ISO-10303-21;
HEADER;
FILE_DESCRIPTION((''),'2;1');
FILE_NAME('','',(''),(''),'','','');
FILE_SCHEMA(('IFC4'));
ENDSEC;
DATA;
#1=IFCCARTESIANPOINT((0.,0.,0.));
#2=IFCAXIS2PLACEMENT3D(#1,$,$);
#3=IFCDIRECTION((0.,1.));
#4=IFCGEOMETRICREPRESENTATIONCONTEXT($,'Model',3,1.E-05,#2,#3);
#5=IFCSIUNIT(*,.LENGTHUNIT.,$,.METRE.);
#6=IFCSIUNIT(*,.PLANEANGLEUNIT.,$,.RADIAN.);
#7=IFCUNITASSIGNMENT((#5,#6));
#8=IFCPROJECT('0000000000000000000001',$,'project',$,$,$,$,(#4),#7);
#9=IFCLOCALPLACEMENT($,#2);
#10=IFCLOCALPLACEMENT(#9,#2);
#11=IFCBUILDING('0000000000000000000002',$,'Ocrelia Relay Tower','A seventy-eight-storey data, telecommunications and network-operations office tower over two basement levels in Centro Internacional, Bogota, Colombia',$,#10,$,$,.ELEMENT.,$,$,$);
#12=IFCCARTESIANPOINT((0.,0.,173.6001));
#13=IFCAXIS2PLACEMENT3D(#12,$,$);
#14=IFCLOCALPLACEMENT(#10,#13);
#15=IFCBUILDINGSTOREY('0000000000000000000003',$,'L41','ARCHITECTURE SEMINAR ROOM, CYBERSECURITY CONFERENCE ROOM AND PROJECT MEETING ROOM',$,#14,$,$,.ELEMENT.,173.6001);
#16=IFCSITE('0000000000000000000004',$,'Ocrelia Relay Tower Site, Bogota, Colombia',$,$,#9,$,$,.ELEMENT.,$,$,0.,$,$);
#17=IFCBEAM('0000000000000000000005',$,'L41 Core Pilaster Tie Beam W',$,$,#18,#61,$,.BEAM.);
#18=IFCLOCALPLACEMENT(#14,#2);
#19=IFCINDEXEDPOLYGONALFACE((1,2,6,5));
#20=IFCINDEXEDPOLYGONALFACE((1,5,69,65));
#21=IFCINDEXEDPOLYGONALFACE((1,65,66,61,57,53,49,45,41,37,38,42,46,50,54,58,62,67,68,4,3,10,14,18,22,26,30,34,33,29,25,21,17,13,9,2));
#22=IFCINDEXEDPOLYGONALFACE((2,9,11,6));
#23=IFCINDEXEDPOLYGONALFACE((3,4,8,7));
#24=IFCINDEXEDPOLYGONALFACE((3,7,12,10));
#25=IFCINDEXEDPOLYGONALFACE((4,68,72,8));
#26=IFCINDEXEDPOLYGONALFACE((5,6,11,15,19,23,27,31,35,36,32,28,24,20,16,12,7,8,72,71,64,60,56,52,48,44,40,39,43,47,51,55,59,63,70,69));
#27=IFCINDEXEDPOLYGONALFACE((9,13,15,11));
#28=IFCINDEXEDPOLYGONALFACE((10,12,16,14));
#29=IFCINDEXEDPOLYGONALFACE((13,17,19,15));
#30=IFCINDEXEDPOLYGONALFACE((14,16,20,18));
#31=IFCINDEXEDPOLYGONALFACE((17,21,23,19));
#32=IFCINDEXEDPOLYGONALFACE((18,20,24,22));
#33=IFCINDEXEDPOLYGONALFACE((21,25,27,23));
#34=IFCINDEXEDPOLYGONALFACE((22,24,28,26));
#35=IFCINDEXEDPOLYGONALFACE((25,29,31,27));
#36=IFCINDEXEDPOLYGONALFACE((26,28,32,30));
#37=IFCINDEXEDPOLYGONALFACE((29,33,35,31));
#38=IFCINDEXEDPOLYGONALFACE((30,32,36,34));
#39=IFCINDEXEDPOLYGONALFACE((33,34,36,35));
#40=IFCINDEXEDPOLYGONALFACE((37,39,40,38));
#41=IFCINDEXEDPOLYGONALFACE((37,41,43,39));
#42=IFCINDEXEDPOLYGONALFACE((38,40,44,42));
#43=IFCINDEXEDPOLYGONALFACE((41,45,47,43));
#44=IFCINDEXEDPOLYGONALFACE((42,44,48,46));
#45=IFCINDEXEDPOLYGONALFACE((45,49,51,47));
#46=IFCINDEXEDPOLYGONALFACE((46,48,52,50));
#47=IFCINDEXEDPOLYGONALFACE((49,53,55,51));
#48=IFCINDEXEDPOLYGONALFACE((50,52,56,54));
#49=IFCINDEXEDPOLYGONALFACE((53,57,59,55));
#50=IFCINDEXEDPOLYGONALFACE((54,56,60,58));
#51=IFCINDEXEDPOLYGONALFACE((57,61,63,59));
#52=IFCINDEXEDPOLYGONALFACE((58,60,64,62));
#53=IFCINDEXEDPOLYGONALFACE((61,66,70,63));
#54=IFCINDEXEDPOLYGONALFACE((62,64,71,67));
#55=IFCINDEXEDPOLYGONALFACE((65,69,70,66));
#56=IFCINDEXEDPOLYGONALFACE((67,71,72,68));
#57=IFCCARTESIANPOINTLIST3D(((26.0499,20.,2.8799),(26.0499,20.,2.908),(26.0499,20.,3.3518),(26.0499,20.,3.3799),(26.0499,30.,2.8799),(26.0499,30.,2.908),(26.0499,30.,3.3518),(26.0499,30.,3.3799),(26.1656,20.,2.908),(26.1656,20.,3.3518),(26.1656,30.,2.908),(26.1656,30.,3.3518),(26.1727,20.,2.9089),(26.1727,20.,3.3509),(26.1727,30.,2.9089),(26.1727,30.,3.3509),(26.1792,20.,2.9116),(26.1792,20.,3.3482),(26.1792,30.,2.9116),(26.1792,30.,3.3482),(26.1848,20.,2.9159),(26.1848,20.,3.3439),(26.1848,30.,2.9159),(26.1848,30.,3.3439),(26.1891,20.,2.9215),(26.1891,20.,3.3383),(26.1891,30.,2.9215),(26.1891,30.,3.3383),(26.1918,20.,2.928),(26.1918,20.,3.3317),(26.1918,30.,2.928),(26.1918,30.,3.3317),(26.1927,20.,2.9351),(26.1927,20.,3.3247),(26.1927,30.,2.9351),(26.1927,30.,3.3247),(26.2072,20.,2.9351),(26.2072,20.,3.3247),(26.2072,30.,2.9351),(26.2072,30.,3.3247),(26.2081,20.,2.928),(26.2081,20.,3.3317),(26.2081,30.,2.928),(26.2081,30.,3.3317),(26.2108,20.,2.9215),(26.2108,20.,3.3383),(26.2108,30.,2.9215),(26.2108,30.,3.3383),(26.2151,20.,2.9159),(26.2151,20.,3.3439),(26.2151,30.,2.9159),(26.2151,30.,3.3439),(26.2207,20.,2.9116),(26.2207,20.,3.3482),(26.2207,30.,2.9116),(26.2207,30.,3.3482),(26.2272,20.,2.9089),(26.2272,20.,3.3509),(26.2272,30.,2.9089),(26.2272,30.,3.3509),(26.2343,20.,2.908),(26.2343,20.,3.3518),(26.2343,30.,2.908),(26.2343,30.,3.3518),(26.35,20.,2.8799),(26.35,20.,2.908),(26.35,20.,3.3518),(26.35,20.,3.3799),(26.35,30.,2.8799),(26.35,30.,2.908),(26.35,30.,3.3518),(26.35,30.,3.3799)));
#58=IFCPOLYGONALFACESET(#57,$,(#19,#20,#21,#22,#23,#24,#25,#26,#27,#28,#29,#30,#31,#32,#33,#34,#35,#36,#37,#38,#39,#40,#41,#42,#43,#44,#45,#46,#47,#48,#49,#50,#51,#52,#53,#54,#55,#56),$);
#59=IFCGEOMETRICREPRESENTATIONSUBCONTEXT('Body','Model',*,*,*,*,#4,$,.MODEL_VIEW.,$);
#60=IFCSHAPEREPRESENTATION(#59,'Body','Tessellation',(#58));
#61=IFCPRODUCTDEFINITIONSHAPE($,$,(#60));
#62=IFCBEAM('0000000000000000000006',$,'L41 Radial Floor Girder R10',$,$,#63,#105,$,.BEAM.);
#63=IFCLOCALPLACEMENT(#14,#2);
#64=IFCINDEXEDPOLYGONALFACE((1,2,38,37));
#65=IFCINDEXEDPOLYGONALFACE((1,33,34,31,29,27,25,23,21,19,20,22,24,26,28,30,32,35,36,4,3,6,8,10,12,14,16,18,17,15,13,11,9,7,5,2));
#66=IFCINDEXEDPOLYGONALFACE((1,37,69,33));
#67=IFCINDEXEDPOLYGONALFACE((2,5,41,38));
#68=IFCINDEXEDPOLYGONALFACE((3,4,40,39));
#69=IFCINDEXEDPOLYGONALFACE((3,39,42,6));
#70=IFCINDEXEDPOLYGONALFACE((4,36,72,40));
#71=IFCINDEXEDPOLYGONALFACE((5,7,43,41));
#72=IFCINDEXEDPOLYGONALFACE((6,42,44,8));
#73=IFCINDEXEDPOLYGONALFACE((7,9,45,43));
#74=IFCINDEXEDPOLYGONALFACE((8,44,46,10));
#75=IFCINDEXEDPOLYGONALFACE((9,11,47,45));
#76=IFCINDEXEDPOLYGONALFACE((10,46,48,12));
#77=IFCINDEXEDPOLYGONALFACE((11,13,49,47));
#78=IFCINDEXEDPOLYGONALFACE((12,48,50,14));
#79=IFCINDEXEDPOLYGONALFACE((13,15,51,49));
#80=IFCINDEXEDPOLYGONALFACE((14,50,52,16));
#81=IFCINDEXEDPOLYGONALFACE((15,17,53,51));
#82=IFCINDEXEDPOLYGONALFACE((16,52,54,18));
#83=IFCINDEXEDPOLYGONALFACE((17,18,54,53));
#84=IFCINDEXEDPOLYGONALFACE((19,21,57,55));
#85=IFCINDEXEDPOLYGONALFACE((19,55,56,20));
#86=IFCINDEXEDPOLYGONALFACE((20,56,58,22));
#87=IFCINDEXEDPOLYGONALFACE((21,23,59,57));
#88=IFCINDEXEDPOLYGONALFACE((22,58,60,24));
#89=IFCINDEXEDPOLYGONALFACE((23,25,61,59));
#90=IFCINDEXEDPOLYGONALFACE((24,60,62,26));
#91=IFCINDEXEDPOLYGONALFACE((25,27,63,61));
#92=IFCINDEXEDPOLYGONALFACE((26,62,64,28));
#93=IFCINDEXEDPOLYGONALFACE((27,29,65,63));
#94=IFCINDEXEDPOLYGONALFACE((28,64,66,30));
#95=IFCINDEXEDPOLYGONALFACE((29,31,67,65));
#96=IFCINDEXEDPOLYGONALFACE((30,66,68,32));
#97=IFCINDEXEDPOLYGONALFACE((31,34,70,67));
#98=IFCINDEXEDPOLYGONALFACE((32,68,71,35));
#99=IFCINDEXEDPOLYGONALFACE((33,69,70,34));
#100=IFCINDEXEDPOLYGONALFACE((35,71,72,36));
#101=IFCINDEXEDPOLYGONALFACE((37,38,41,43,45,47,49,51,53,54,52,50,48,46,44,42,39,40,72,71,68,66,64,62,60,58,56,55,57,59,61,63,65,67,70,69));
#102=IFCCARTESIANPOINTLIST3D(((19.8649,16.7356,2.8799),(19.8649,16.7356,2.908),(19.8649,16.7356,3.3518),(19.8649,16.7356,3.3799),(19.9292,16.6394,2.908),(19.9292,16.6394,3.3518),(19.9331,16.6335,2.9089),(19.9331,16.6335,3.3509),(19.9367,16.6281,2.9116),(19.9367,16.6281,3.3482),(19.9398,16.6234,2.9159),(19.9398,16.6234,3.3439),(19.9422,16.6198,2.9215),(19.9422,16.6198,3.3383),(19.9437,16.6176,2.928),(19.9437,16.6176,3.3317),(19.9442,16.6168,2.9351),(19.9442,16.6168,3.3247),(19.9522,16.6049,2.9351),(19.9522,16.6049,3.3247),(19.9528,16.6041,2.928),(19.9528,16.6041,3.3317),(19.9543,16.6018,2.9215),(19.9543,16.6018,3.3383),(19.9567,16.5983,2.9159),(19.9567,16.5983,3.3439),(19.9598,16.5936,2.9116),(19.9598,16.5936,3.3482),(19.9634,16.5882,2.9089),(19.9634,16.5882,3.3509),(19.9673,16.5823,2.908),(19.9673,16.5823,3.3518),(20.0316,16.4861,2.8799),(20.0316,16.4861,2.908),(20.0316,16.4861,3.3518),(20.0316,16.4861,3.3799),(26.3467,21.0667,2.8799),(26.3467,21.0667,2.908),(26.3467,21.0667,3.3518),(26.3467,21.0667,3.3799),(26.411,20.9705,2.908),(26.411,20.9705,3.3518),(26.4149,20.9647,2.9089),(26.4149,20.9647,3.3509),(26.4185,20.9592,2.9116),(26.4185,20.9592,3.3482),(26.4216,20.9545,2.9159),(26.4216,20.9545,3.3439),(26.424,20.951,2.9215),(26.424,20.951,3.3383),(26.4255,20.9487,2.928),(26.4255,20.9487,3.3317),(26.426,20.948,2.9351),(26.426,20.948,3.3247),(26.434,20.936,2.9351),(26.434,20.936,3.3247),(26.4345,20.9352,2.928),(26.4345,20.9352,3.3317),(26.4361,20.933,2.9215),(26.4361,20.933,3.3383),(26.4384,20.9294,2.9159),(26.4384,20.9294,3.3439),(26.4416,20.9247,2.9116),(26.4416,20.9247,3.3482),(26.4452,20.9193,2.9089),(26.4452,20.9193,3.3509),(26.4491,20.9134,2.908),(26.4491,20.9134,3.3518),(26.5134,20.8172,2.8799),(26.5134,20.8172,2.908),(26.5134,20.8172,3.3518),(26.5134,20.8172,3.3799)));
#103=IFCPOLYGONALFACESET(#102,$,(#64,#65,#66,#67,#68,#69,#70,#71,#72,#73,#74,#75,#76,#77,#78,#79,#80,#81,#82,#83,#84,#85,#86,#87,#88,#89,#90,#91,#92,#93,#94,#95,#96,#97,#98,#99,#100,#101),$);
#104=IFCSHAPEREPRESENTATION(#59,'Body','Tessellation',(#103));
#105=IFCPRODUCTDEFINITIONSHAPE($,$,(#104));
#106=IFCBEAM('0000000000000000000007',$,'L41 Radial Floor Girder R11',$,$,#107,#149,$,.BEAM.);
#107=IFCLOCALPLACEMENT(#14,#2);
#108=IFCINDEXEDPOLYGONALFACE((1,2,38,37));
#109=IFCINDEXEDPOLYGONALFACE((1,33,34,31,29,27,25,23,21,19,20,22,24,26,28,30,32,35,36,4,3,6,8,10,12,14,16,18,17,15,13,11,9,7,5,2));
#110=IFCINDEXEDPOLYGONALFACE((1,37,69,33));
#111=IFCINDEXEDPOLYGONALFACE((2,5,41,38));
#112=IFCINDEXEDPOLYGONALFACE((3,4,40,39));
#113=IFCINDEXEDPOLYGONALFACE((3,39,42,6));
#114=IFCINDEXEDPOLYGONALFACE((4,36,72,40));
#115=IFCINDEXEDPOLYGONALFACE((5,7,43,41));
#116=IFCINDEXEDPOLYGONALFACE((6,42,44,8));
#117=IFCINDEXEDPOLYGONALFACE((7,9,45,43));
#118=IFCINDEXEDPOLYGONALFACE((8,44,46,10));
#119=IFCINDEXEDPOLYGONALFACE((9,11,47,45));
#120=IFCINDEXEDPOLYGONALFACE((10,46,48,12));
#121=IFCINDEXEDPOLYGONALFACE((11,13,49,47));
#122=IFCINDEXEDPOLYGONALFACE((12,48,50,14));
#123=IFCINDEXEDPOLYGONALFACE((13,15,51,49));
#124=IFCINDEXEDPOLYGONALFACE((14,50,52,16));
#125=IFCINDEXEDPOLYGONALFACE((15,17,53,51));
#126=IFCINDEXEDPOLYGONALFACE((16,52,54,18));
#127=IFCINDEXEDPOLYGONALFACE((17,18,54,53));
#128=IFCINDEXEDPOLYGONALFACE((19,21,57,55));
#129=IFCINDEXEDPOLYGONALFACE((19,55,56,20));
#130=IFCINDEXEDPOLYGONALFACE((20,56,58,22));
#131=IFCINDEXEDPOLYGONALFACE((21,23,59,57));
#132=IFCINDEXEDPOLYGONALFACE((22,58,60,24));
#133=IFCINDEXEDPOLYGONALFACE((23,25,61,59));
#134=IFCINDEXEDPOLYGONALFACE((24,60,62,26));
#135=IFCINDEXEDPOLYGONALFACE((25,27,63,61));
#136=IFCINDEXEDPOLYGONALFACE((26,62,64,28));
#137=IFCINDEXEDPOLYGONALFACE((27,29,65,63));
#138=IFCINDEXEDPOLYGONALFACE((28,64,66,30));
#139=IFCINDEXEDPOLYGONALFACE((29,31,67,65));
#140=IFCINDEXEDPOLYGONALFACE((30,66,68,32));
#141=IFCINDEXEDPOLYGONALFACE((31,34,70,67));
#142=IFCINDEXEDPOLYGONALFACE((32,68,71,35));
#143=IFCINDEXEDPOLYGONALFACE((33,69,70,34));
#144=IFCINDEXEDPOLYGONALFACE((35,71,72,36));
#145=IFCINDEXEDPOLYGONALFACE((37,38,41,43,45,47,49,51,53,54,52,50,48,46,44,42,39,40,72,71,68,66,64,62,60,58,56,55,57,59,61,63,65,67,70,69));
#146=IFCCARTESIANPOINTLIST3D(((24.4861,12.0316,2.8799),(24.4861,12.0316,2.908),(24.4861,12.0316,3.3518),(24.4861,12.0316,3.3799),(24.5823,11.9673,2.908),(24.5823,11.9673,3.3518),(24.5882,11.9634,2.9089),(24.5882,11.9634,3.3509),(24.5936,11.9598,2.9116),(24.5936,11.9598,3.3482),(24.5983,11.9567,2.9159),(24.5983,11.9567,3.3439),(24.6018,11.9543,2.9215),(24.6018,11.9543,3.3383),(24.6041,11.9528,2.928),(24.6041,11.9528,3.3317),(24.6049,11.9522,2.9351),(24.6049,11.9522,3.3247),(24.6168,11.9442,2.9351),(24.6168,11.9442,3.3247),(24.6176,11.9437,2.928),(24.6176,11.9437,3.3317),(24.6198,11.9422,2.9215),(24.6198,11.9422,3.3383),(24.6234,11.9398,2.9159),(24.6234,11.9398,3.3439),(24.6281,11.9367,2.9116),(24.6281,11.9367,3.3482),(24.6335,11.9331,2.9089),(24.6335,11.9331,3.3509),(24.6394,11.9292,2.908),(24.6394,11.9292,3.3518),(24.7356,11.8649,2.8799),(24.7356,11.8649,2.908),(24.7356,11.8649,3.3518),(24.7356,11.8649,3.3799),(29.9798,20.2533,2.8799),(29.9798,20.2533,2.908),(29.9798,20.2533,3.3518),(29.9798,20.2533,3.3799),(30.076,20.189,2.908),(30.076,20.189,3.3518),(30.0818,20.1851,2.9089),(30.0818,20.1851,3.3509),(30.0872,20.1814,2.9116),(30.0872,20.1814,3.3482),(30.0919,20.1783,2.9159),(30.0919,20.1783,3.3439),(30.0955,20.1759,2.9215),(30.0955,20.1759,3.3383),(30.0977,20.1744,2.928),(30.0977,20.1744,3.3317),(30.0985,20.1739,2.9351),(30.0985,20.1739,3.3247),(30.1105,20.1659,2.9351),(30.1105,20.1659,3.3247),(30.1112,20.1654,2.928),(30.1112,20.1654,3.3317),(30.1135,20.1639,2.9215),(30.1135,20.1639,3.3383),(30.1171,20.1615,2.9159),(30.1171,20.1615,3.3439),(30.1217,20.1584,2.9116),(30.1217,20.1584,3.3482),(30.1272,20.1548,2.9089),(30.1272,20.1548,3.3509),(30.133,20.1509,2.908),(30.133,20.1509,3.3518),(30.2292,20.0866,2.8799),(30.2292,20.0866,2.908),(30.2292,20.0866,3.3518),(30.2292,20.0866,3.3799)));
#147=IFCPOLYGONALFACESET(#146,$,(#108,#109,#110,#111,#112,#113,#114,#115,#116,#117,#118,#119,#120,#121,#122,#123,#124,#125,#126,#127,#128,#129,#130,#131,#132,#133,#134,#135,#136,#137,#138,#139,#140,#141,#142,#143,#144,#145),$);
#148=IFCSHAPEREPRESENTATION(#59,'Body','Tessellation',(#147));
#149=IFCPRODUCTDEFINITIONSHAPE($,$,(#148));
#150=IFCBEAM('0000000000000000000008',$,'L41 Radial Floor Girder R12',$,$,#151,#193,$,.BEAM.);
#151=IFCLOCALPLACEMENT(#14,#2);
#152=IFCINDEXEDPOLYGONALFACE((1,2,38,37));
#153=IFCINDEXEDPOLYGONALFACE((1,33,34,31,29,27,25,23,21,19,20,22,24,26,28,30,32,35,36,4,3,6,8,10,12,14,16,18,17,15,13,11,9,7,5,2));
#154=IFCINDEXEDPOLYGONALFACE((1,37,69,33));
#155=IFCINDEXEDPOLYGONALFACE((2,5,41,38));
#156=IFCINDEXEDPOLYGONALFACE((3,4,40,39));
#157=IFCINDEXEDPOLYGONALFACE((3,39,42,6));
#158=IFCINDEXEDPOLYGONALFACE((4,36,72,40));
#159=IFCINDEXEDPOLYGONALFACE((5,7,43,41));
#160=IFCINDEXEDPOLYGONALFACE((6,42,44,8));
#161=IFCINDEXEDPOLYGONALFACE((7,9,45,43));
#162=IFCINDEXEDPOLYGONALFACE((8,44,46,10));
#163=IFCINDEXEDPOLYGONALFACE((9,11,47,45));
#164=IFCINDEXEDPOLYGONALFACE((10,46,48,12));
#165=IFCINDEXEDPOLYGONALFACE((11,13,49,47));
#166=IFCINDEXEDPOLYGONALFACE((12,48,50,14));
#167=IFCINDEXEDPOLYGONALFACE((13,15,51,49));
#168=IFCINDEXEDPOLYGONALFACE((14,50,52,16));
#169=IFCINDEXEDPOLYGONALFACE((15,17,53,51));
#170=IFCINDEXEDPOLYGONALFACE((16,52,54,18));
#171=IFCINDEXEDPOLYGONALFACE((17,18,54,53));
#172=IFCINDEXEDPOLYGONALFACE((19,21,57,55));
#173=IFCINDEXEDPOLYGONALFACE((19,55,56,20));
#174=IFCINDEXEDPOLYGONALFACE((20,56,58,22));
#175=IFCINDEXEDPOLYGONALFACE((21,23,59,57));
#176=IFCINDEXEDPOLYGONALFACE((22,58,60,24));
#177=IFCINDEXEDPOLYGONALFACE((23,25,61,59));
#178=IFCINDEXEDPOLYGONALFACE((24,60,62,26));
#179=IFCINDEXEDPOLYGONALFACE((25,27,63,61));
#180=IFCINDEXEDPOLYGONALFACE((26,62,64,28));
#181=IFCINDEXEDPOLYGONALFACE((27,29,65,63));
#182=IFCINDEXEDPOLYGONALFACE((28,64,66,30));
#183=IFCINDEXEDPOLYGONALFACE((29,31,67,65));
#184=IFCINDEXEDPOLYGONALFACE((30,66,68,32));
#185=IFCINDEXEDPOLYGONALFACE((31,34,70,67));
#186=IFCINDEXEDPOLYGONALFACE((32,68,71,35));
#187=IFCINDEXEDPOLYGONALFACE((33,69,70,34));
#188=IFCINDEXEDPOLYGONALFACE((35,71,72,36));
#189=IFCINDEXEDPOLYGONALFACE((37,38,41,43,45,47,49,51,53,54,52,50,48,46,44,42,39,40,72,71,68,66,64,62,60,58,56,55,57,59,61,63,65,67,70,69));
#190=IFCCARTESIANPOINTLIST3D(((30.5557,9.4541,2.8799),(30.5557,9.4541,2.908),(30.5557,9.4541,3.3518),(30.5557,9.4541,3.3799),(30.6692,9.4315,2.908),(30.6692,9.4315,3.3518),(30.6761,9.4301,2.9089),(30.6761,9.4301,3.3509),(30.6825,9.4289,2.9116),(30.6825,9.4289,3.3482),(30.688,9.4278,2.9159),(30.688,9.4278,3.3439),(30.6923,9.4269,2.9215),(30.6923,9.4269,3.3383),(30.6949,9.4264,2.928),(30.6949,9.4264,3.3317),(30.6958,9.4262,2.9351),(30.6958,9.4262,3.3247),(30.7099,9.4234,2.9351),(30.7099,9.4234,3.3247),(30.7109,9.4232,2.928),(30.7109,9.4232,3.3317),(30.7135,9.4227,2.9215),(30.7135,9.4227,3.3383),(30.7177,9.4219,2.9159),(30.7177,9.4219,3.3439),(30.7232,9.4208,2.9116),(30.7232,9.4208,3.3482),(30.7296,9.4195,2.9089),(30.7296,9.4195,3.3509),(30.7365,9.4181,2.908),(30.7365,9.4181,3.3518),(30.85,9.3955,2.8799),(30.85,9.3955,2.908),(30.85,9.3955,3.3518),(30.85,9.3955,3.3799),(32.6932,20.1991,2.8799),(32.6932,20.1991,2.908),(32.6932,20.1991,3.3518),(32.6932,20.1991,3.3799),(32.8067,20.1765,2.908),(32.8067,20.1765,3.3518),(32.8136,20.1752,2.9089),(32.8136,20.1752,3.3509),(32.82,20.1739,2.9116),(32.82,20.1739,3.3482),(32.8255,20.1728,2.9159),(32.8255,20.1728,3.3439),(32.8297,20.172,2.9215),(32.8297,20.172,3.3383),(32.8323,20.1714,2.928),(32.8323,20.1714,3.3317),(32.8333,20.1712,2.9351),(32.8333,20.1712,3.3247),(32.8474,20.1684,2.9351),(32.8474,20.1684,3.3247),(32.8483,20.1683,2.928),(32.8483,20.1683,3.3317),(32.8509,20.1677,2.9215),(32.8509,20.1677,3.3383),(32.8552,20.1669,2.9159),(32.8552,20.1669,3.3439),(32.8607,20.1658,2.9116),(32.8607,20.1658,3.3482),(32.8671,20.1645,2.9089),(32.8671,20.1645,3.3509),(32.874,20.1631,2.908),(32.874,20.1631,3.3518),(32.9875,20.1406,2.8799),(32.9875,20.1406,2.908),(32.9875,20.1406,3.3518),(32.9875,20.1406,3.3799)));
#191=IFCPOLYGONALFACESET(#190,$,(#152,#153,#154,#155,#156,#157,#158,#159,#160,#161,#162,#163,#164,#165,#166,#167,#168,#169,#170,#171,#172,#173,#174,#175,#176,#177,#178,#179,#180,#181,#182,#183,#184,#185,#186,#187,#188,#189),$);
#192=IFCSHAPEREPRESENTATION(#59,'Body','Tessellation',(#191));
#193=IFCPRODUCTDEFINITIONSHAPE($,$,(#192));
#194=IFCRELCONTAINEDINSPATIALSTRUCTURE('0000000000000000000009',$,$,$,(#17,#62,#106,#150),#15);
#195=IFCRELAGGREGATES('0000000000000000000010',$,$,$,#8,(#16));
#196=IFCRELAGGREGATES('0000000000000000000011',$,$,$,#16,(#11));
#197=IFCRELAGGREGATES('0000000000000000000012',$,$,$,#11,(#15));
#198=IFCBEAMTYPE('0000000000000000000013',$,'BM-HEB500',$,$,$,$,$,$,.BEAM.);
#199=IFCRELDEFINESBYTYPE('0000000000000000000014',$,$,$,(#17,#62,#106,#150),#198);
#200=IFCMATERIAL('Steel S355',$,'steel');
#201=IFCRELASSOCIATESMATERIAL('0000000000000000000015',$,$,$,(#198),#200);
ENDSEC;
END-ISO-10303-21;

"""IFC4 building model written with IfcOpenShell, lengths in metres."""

from ifc_helpers import new_model, si_unit, direction, frame, origin, origin_2d, place, context, subcontext, project, spatial, i_section, extrude, material, material_profile, profile_set, type_object, element, save


model = new_model("IFC4")

# Units and contexts
model_context = context("Model", 3, precision=1e-05, world=origin(), true_north=direction((0.0, 1.0)))
body_context = subcontext(model_context, "Body", "Model", "MODEL_VIEW")
ifc_project = project(units=[si_unit("LENGTHUNIT", "METRE"), si_unit("PLANEANGLEUNIT", "RADIAN")], contexts=[model_context])

# Site, building, storey
site_placement = place(None, origin())
site = spatial("IfcSite", under=ifc_project, at=site_placement, Name="Ocrelia Relay Tower Site, Bogota, Colombia", CompositionType="ELEMENT", RefElevation=0.0)
building_placement = place(site_placement, origin())
building = spatial("IfcBuilding", under=site, at=building_placement, Name="Ocrelia Relay Tower", Description="A seventy-eight-storey data, telecommunications and network-operations office tower over two basement levels in Centro Internacional, Bogota, Colombia", CompositionType="ELEMENT")
storey_placement = place(building_placement, frame((0.0, 0.0, 173.6001)))
storey = spatial("IfcBuildingStorey", under=building, at=storey_placement, Name="L41", Description="ARCHITECTURE SEMINAR ROOM, CYBERSECURITY CONFERENCE ROOM AND PROJECT MEETING ROOM", CompositionType="ELEMENT", Elevation=173.6001)

# Beams
ifc_material_1 = material(Name="Steel S355", Category="steel")
ifc_material_profile_1 = material_profile(ifc_material_1, i_section(OverallWidth=0.3, OverallDepth=0.5, WebThickness=0.0144, FlangeThickness=0.0281, FilletRadius=0.0271, at=origin_2d()), Name="HEB 500")
ifc_profile_set_1 = profile_set([ifc_material_profile_1], Name="Steel S355")
beam_type_1 = type_object("IfcBeamType", Name="BM-HEB500", PredefinedType="BEAM", material=ifc_profile_set_1)
beam_1_placement = place(storey_placement, frame((26.2, 20.0, 3.1299), z_axis=(0.0, 1.0, 0.0), x_axis=(-1.0, 0.0, 0.0)))
element("IfcBeam", 1, at=beam_1_placement, inside=storey, type_object=beam_type_1, Name="L41 Core Pilaster Tie Beam W", PredefinedType="BEAM", context=body_context, shape_type="SweptSolid", body=[
    extrude(i_section(OverallWidth=0.3, OverallDepth=0.5, WebThickness=0.0144, FlangeThickness=0.0281, FilletRadius=0.0271, at=origin_2d()), origin(), (0.0, 0.0, 1.0), 10.0),
])
beam_2_placement = place(storey_placement, frame((19.9482, 16.6108, 3.1299), z_axis=(0.831462, 0.555582, 0.0), x_axis=(-0.555582, 0.831462, 0.0)))
element("IfcBeam", 2, at=beam_2_placement, inside=storey, type_object=beam_type_1, Name="L41 Radial Floor Girder R10", PredefinedType="BEAM", context=body_context, shape_type="SweptSolid", body=[
    extrude(i_section(OverallWidth=0.3, OverallDepth=0.5, WebThickness=0.0144, FlangeThickness=0.0281, FilletRadius=0.0271, at=origin_2d()), origin(), (0.0, 0.0, 1.0), 7.7957),
])
beam_3_placement = place(storey_placement, frame((24.6108, 11.9482, 3.1299), z_axis=(0.555577, 0.831465, 0.0), x_axis=(-0.831465, 0.555577, 0.0)))
element("IfcBeam", 3, at=beam_3_placement, inside=storey, type_object=beam_type_1, Name="L41 Radial Floor Girder R11", PredefinedType="BEAM", context=body_context, shape_type="SweptSolid", body=[
    extrude(i_section(OverallWidth=0.3, OverallDepth=0.5, WebThickness=0.0144, FlangeThickness=0.0281, FilletRadius=0.0271, at=origin_2d()), origin(), (0.0, 0.0, 1.0), 9.8882),
])
beam_4_placement = place(storey_placement, frame((30.7029, 9.4248, 3.1299), z_axis=(0.1951, 0.980783, 0.0), x_axis=(-0.980783, 0.1951, 0.0)))
element("IfcBeam", 4, at=beam_4_placement, inside=storey, type_object=beam_type_1, Name="L41 Radial Floor Girder R12", PredefinedType="BEAM", context=body_context, shape_type="SweptSolid", body=[
    extrude(i_section(OverallWidth=0.3, OverallDepth=0.5, WebThickness=0.0144, FlangeThickness=0.0281, FilletRadius=0.0271, at=origin_2d()), origin(), (0.0, 0.0, 1.0), 10.9556),
])

save(model, "model.ifc")
